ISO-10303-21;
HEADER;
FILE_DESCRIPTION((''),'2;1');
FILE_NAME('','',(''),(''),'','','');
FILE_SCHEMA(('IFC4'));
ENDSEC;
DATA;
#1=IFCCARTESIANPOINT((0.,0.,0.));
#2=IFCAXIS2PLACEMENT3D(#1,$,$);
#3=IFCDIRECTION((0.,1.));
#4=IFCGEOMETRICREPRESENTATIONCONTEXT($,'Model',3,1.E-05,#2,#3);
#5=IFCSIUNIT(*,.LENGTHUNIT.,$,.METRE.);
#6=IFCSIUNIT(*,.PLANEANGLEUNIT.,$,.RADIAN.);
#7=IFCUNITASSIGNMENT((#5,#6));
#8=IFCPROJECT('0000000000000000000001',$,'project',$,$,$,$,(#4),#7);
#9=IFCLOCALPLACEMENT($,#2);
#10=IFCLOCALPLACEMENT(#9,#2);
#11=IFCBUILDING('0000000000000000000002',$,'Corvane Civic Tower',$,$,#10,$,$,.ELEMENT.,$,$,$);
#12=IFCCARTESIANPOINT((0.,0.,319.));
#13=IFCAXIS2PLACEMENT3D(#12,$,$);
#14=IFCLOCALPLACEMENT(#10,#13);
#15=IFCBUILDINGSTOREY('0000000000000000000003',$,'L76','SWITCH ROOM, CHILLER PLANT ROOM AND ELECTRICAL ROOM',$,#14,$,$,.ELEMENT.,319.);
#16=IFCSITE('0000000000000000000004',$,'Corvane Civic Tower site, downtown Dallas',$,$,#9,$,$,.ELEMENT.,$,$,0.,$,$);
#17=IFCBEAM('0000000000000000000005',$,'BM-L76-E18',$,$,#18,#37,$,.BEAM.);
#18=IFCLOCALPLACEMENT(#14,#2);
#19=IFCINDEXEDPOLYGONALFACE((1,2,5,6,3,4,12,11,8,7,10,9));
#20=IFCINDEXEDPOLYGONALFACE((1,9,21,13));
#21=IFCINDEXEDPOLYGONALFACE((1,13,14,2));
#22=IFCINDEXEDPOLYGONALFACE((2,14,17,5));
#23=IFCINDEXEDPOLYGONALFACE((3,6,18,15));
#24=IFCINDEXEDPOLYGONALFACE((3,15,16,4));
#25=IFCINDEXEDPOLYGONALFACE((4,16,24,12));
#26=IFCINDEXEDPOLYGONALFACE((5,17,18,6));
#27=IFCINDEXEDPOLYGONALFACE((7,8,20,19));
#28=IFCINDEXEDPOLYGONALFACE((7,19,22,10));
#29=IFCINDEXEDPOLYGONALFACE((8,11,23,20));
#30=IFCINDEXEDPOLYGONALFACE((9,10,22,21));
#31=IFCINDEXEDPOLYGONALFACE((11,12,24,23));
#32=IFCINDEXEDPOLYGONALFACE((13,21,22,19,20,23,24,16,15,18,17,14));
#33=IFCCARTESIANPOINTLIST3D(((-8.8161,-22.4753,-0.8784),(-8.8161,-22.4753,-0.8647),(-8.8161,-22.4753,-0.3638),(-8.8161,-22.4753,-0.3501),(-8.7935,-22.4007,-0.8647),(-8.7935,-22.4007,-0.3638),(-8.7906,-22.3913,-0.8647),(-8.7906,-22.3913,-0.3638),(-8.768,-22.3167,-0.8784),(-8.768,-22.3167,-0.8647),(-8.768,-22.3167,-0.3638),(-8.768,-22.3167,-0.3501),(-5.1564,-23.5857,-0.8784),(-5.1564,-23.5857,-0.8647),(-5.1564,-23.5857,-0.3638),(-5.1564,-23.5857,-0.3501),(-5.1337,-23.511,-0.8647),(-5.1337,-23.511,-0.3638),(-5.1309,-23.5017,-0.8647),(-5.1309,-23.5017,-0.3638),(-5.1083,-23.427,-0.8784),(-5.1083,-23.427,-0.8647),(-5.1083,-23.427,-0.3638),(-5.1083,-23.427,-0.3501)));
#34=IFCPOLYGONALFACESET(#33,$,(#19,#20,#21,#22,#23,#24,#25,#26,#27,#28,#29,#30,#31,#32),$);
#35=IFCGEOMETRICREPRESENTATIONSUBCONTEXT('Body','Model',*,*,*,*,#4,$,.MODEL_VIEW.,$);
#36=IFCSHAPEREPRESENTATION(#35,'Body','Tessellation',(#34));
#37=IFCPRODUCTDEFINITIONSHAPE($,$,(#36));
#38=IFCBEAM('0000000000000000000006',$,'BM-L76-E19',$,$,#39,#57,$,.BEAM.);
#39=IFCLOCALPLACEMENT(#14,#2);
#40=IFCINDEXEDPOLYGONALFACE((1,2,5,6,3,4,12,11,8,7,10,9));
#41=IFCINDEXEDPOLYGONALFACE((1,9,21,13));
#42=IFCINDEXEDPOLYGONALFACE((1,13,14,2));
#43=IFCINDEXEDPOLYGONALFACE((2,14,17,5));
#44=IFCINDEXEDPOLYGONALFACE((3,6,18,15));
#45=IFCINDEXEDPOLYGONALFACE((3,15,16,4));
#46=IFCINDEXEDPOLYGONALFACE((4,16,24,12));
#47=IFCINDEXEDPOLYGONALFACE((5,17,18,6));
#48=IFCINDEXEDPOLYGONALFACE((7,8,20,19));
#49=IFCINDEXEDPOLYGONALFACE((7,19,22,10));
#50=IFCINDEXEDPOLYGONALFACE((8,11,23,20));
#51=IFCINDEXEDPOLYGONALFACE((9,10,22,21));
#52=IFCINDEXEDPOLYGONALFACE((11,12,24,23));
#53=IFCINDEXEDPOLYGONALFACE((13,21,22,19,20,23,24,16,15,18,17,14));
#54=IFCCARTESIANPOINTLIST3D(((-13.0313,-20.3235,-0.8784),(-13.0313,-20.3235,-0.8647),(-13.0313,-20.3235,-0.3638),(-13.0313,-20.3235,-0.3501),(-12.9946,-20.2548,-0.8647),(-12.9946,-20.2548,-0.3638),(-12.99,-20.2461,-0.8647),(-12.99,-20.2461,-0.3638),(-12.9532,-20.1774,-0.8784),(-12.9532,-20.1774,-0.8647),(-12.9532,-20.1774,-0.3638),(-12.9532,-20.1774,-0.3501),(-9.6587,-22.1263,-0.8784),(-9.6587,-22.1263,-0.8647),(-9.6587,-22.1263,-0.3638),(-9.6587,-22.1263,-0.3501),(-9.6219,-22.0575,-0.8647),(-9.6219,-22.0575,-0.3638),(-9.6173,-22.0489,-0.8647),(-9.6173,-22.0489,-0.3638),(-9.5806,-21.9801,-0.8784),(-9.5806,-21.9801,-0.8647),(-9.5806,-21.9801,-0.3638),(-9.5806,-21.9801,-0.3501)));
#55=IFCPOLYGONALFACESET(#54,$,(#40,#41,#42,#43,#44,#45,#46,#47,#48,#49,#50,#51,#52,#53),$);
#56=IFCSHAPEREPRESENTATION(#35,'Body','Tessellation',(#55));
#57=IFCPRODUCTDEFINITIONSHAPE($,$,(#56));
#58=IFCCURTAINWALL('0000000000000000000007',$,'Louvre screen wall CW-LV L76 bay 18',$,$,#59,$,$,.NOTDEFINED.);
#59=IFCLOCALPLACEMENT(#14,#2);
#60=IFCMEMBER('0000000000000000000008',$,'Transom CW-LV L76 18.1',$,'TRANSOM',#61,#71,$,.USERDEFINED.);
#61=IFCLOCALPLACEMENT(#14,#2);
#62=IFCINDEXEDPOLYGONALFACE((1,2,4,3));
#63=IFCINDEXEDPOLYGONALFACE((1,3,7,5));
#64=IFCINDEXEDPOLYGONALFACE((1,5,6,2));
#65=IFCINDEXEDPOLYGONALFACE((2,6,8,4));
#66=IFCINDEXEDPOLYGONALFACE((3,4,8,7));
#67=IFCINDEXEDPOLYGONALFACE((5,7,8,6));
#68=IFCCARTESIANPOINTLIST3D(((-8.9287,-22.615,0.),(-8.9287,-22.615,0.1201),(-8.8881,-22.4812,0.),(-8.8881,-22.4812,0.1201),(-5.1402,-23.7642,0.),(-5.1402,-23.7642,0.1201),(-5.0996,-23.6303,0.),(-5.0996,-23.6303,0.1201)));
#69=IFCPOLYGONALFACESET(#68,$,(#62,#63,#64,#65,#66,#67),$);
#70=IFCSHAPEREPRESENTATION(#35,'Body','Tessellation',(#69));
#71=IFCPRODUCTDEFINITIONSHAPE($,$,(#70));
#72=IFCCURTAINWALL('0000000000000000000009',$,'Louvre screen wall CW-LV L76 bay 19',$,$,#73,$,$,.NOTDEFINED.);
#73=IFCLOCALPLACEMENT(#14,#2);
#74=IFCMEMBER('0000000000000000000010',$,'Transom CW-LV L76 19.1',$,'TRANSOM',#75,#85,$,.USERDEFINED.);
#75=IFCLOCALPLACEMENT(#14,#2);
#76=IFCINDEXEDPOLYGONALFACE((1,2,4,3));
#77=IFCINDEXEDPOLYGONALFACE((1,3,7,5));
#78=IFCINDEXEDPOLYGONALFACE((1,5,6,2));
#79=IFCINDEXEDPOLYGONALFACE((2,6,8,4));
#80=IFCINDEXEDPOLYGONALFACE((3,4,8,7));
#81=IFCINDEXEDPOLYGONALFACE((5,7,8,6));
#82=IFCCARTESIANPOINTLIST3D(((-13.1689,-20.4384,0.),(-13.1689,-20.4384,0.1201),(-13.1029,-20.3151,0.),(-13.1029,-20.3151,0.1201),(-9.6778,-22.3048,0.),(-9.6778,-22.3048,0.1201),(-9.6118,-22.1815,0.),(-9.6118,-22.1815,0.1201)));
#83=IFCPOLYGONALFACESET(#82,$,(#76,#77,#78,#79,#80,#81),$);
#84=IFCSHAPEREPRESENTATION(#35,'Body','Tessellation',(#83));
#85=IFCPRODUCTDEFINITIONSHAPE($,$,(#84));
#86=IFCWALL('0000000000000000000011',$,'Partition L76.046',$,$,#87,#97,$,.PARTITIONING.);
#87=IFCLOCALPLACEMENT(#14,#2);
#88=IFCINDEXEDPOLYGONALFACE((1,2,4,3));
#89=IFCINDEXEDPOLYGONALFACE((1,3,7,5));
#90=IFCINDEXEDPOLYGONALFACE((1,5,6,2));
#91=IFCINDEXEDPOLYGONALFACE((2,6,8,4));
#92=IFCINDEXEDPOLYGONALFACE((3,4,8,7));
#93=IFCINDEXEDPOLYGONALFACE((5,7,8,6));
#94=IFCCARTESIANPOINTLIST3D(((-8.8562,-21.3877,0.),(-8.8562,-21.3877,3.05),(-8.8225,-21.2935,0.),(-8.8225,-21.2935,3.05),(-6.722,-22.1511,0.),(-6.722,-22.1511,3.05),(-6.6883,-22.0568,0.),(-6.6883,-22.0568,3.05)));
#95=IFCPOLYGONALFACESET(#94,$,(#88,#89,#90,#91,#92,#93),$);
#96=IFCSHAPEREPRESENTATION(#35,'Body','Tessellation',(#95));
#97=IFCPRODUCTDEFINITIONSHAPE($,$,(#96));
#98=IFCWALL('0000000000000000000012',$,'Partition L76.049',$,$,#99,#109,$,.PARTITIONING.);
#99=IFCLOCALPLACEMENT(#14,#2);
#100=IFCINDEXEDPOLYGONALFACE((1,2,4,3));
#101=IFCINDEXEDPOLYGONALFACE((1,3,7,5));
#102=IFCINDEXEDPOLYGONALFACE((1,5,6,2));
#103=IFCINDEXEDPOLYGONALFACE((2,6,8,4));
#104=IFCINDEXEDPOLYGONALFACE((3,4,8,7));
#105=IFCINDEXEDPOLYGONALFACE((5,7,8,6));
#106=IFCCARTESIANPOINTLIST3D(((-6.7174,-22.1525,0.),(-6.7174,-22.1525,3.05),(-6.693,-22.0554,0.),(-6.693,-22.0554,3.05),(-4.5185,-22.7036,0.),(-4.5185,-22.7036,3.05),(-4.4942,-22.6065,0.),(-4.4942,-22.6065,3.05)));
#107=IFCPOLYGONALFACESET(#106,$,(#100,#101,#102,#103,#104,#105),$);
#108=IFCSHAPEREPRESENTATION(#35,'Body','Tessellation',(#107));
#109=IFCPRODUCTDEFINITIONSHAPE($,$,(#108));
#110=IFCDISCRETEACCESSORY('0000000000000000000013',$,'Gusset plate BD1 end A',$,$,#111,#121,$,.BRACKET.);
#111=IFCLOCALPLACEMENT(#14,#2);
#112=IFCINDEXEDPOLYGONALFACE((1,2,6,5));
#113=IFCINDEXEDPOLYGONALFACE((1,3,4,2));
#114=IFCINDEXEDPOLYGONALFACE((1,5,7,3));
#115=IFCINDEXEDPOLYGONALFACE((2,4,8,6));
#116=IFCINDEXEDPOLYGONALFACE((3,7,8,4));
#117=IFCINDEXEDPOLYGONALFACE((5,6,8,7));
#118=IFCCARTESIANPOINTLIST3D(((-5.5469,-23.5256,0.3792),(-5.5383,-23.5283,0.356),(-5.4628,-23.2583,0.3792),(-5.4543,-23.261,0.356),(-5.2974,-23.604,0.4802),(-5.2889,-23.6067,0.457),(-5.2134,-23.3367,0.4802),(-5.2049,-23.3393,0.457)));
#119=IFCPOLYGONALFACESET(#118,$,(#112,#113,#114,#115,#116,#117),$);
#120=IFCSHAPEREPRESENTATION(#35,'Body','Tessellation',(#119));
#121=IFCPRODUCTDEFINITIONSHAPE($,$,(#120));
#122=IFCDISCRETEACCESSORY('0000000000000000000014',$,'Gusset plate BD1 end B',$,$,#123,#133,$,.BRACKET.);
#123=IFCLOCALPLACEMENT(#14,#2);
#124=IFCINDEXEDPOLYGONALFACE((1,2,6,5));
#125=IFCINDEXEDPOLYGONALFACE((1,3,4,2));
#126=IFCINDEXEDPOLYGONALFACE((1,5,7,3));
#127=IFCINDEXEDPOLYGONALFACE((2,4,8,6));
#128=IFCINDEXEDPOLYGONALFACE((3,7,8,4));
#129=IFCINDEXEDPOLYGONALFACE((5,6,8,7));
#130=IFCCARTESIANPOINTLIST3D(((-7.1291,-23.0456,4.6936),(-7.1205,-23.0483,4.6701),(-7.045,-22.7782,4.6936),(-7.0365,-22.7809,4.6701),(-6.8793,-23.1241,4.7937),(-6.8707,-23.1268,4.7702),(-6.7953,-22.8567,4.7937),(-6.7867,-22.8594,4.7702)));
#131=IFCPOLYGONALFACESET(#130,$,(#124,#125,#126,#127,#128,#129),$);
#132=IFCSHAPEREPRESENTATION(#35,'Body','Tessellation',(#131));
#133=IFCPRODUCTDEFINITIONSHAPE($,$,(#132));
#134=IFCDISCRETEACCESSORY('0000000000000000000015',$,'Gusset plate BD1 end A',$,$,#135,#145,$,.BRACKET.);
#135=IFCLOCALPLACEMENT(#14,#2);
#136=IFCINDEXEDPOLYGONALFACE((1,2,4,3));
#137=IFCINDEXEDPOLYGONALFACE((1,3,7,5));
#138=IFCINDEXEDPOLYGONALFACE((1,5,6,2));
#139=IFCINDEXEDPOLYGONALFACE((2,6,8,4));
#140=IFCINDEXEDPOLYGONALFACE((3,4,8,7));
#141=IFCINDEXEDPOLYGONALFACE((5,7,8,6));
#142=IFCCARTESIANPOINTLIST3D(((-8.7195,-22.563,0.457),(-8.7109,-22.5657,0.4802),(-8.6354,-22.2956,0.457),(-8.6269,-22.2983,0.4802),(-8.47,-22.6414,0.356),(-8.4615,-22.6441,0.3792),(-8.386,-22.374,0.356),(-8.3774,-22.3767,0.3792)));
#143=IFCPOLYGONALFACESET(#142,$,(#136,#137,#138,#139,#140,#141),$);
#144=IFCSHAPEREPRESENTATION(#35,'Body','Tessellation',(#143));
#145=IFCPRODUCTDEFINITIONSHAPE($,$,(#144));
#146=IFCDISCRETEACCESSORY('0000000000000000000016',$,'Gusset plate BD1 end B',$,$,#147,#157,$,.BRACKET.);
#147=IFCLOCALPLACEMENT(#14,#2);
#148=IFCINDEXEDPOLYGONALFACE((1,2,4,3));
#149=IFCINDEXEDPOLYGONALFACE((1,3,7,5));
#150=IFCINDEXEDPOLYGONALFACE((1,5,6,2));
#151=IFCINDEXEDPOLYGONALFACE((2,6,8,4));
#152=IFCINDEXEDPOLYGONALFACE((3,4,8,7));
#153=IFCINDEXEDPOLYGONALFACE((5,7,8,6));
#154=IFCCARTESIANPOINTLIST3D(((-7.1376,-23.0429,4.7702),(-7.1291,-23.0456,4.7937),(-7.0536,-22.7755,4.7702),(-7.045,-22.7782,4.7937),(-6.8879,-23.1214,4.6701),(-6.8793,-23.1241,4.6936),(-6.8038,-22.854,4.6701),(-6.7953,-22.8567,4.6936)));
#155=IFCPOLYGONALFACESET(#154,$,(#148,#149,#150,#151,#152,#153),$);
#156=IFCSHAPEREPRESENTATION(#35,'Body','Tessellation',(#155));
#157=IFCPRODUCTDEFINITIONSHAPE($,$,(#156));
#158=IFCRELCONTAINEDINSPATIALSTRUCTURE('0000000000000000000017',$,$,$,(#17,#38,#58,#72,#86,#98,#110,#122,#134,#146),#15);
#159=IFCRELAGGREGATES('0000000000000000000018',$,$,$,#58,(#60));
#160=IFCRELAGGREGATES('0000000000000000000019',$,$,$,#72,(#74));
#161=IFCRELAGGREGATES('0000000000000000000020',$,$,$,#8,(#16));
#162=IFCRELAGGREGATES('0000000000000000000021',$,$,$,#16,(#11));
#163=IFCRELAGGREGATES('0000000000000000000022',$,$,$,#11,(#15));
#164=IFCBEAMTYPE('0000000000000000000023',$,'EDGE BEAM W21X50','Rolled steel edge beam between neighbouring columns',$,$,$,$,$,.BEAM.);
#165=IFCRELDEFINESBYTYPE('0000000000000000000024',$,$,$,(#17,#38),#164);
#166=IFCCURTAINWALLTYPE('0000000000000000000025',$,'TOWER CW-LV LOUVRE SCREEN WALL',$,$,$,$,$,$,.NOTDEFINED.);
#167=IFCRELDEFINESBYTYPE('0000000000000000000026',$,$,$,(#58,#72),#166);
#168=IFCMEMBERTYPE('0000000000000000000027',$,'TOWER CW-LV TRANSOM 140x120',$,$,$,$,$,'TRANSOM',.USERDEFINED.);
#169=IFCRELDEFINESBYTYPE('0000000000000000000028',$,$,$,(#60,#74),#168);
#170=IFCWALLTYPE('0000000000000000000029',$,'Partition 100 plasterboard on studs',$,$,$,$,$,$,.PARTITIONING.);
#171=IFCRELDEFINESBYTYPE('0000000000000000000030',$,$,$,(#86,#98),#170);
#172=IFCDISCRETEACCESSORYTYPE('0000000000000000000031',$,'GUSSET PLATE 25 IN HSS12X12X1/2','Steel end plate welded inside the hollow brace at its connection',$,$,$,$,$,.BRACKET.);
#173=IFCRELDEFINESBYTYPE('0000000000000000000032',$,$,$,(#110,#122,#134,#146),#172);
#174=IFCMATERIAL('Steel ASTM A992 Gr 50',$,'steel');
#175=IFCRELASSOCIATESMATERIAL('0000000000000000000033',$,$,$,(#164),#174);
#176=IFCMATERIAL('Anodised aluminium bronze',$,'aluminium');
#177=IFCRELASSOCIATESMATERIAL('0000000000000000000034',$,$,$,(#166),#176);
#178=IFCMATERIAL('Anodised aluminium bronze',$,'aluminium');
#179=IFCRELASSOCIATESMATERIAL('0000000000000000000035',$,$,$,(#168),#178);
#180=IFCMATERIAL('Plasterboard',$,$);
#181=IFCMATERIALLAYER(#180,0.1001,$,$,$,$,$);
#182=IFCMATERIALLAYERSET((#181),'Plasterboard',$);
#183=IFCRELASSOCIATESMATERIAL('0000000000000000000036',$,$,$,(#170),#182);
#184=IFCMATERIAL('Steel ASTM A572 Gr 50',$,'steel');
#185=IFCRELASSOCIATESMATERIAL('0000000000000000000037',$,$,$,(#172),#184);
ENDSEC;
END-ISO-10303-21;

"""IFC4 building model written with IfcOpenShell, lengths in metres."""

from ifc_helpers import new_model, si_unit, direction, frame, frame_2d, origin, origin_2d, place, context, subcontext, project, spatial, rectangle, i_section, extrude, material, layer, layer_set, material_profile, profile_set, type_object, element, aggregate, save


model = new_model("IFC4")

# Units and contexts
model_context = context("Model", 3, precision=1e-05, world=origin(), true_north=direction((0.0, 1.0)))
body_context = subcontext(model_context, "Body", "Model", "MODEL_VIEW")
ifc_project = project(units=[si_unit("LENGTHUNIT", "METRE"), si_unit("PLANEANGLEUNIT", "RADIAN")], contexts=[model_context])

# Site, building, storey
site_placement = place(None, origin())
site = spatial("IfcSite", under=ifc_project, at=site_placement, Name="Corvane Civic Tower site, downtown Dallas", CompositionType="ELEMENT", RefElevation=0.0)
building_placement = place(site_placement, origin())
building = spatial("IfcBuilding", under=site, at=building_placement, Name="Corvane Civic Tower", CompositionType="ELEMENT")
storey_placement = place(building_placement, frame((0.0, 0.0, 319.0)))
storey = spatial("IfcBuildingStorey", under=building, at=storey_placement, Name="L76", Description="SWITCH ROOM, CHILLER PLANT ROOM AND ELECTRICAL ROOM", CompositionType="ELEMENT", Elevation=319.0)

# Beams
ifc_material_1 = material(Name="Steel ASTM A992 Gr 50", Category="steel")
ifc_material_profile_1 = material_profile(ifc_material_1, i_section(OverallWidth=0.1658, OverallDepth=0.5283, WebThickness=0.0098, FlangeThickness=0.0137, at=origin_2d()), Name="W21X50")
ifc_profile_set_1 = profile_set([ifc_material_profile_1], Name="Steel ASTM A992 Gr 50")
beam_type = type_object("IfcBeamType", Name="EDGE BEAM W21X50", Description="Rolled steel edge beam between neighbouring columns", PredefinedType="BEAM", material=ifc_profile_set_1)
beam_1_placement = place(storey_placement, frame((-5.1323, -23.5063, -0.6143), z_axis=(-0.956926, 0.290333, 0.0), x_axis=(-0.290333, -0.956926, 0.0)))
element("IfcBeam", 1, at=beam_1_placement, inside=storey, type_object=beam_type, Name="BM-L76-E18", PredefinedType="BEAM", context=body_context, shape_type="SweptSolid", body=[
    extrude(i_section(OverallWidth=0.1658, OverallDepth=0.5283, WebThickness=0.0098, FlangeThickness=0.0137, at=origin_2d()), origin(), (0.0, 0.0, 1.0), 3.8245),
])
beam_2_placement = place(storey_placement, frame((-9.6196, -22.0532, -0.6143), z_axis=(-0.881914, 0.47141, 0.0), x_axis=(-0.47141, -0.881914, 0.0)))
element("IfcBeam", 2, at=beam_2_placement, inside=storey, type_object=beam_type, Name="BM-L76-E19", PredefinedType="BEAM", context=body_context, shape_type="SweptSolid", body=[
    extrude(i_section(OverallWidth=0.1658, OverallDepth=0.5283, WebThickness=0.0098, FlangeThickness=0.0137, at=origin_2d()), origin(), (0.0, 0.0, 1.0), 3.8242),
])

# Curtain walls, members
ifc_material_2 = material(Name="Anodised aluminium bronze", Category="aluminium")
curtain_wall_type = type_object("IfcCurtainWallType", Name="TOWER CW-LV LOUVRE SCREEN WALL", PredefinedType="NOTDEFINED", material=ifc_material_2)
curtain_wall_1_placement = place(storey_placement, origin())
curtain_wall_1 = element("IfcCurtainWall", 3, at=curtain_wall_1_placement, inside=storey, type_object=curtain_wall_type, Name="Louvre screen wall CW-LV L76 bay 18", PredefinedType="NOTDEFINED")
ifc_material_3 = material(Name="Anodised aluminium bronze", Category="aluminium")
ifc_material_profile_2 = material_profile(ifc_material_3, rectangle(XDim=0.1399, YDim=0.1201, at=origin_2d()), Name="TOWER CW-LV TRANSOM 140x120")
ifc_profile_set_2 = profile_set([ifc_material_profile_2], Name="Anodised aluminium bronze")
member_type_1 = type_object("IfcMemberType", Name="TOWER CW-LV TRANSOM 140x120", ElementType="TRANSOM", PredefinedType="USERDEFINED", material=ifc_profile_set_2)
member_1_placement = place(storey_placement, frame((-5.1199, -23.6973, 0.0601), z_axis=(-0.956946, 0.290266, 0.0), x_axis=(-0.290266, -0.956946, 0.0)))
member_1 = element("IfcMember", 4, at=member_1_placement, type_object=member_type_1, Name="Transom CW-LV L76 18.1", ObjectType="TRANSOM", PredefinedType="USERDEFINED", context=body_context, shape_type="SweptSolid", body=[
    extrude(rectangle(XDim=0.1399, YDim=0.1201, at=origin_2d()), origin(), (0.0, 0.0, 1.0), 3.959),
])
aggregate(curtain_wall_1, [member_1])
curtain_wall_2_placement = place(storey_placement, origin())
curtain_wall_2 = element("IfcCurtainWall", 5, at=curtain_wall_2_placement, inside=storey, type_object=curtain_wall_type, Name="Louvre screen wall CW-LV L76 bay 19", PredefinedType="NOTDEFINED")
member_2_placement = place(storey_placement, frame((-9.6448, -22.2432, 0.0601), z_axis=(-0.881883, 0.471468, 0.0), x_axis=(-0.471468, -0.881883, 0.0)))
member_2 = element("IfcMember", 6, at=member_2_placement, type_object=member_type_1, Name="Transom CW-LV L76 19.1", ObjectType="TRANSOM", PredefinedType="USERDEFINED", context=body_context, shape_type="SweptSolid", body=[
    extrude(rectangle(XDim=0.1399, YDim=0.1201, at=origin_2d()), origin(), (0.0, 0.0, 1.0), 3.9587),
])

# Walls
ifc_material_4 = material(Name="Plasterboard")
ifc_layer = layer(ifc_material_4, 0.1001)
ifc_layer_set = layer_set([ifc_layer], Name="Plasterboard")
wall_type = type_object("IfcWallType", Name="Partition 100 plasterboard on studs", PredefinedType="PARTITIONING", material=ifc_layer_set)
wall_1_placement = place(storey_placement, frame((-8.8394, -21.3406, 0.0), z_axis=(0.0, 0.0, 1.0), x_axis=(0.941576, -0.3368, 0.0)))
element("IfcWall", 7, at=wall_1_placement, inside=storey, type_object=wall_type, Name="Partition L76.046", PredefinedType="PARTITIONING", context=body_context, shape_type="SweptSolid", body=[
    extrude(rectangle(XDim=2.2666, YDim=0.1001, at=frame_2d((1.1333, 0.0))), origin(), (0.0, 0.0, 1.0), 3.05),
])
wall_2_placement = place(storey_placement, frame((-6.7051, -22.104, 0.0), z_axis=(0.0, 0.0, 1.0), x_axis=(0.970003, -0.243093, 0.0)))
element("IfcWall", 8, at=wall_2_placement, inside=storey, type_object=wall_type, Name="Partition L76.049", PredefinedType="PARTITIONING", context=body_context, shape_type="SweptSolid", body=[
    extrude(rectangle(XDim=2.2668, YDim=0.1001, at=frame_2d((1.1333, 0.0))), origin(), (0.0, 0.0, 1.0), 3.05),
])

aggregate(curtain_wall_2, [member_2])

# Discrete accessories
ifc_material_5 = material(Name="Steel ASTM A572 Gr 50", Category="steel")
ifc_material_profile_3 = material_profile(ifc_material_5, rectangle(XDim=0.2803, YDim=0.2803, at=origin_2d()), Name="GUSSET PLATE 25 IN HSS12X12X1/2")
ifc_profile_set_3 = profile_set([ifc_material_profile_3], Name="Steel ASTM A572 Gr 50")
discrete_accessory_type = type_object("IfcDiscreteAccessoryType", Name="GUSSET PLATE 25 IN HSS12X12X1/2", Description="Steel end plate welded inside the hollow brace at its connection", PredefinedType="BRACKET", material=ifc_profile_set_3)
discrete_accessory_1_placement = place(storey_placement, frame((-5.3716, -23.4338, 0.4065), z_axis=(-0.343683, 0.108015, 0.932853), x_axis=(-0.299827, -0.953994, 0.0)))
element("IfcDiscreteAccessory", 9, at=discrete_accessory_1_placement, inside=storey, type_object=discrete_accessory_type, Name="Gusset plate BD1 end A", PredefinedType="BRACKET", context=body_context, shape_type="SweptSolid", body=[
    extrude(rectangle(XDim=0.2803, YDim=0.2803, at=origin_2d()), origin(), (0.0, 0.0, 1.0), 0.0249),
])
discrete_accessory_2_placement = place(storey_placement, frame((-6.9622, -22.9512, 4.7437), z_axis=(0.340561, -0.107033, -0.93411), x_axis=(0.299827, 0.953994, 0.0)))
element("IfcDiscreteAccessory", 10, at=discrete_accessory_2_placement, inside=storey, type_object=discrete_accessory_type, Name="Gusset plate BD1 end B", PredefinedType="BRACKET", context=body_context, shape_type="SweptSolid", body=[
    extrude(rectangle(XDim=0.2803, YDim=0.2803, at=origin_2d()), origin(), (0.0, 0.0, 1.0), 0.0251),
])
discrete_accessory_3_placement = place(storey_placement, frame((-8.5527, -22.4685, 0.4065), z_axis=(0.343683, -0.108015, 0.932853), x_axis=(0.299827, 0.953994, 0.0)))
element("IfcDiscreteAccessory", 11, at=discrete_accessory_3_placement, inside=storey, type_object=discrete_accessory_type, Name="Gusset plate BD1 end A", PredefinedType="BRACKET", context=body_context, shape_type="SweptSolid", body=[
    extrude(rectangle(XDim=0.2803, YDim=0.2803, at=origin_2d()), origin(), (0.0, 0.0, 1.0), 0.0249),
])
discrete_accessory_4_placement = place(storey_placement, frame((-6.9622, -22.9512, 4.7437), z_axis=(-0.340561, 0.107033, -0.93411), x_axis=(-0.299827, -0.953994, 0.0)))
element("IfcDiscreteAccessory", 12, at=discrete_accessory_4_placement, inside=storey, type_object=discrete_accessory_type, Name="Gusset plate BD1 end B", PredefinedType="BRACKET", context=body_context, shape_type="SweptSolid", body=[
    extrude(rectangle(XDim=0.2803, YDim=0.2803, at=origin_2d()), origin(), (0.0, 0.0, 1.0), 0.0251),
])

save(model, "model.ifc")
